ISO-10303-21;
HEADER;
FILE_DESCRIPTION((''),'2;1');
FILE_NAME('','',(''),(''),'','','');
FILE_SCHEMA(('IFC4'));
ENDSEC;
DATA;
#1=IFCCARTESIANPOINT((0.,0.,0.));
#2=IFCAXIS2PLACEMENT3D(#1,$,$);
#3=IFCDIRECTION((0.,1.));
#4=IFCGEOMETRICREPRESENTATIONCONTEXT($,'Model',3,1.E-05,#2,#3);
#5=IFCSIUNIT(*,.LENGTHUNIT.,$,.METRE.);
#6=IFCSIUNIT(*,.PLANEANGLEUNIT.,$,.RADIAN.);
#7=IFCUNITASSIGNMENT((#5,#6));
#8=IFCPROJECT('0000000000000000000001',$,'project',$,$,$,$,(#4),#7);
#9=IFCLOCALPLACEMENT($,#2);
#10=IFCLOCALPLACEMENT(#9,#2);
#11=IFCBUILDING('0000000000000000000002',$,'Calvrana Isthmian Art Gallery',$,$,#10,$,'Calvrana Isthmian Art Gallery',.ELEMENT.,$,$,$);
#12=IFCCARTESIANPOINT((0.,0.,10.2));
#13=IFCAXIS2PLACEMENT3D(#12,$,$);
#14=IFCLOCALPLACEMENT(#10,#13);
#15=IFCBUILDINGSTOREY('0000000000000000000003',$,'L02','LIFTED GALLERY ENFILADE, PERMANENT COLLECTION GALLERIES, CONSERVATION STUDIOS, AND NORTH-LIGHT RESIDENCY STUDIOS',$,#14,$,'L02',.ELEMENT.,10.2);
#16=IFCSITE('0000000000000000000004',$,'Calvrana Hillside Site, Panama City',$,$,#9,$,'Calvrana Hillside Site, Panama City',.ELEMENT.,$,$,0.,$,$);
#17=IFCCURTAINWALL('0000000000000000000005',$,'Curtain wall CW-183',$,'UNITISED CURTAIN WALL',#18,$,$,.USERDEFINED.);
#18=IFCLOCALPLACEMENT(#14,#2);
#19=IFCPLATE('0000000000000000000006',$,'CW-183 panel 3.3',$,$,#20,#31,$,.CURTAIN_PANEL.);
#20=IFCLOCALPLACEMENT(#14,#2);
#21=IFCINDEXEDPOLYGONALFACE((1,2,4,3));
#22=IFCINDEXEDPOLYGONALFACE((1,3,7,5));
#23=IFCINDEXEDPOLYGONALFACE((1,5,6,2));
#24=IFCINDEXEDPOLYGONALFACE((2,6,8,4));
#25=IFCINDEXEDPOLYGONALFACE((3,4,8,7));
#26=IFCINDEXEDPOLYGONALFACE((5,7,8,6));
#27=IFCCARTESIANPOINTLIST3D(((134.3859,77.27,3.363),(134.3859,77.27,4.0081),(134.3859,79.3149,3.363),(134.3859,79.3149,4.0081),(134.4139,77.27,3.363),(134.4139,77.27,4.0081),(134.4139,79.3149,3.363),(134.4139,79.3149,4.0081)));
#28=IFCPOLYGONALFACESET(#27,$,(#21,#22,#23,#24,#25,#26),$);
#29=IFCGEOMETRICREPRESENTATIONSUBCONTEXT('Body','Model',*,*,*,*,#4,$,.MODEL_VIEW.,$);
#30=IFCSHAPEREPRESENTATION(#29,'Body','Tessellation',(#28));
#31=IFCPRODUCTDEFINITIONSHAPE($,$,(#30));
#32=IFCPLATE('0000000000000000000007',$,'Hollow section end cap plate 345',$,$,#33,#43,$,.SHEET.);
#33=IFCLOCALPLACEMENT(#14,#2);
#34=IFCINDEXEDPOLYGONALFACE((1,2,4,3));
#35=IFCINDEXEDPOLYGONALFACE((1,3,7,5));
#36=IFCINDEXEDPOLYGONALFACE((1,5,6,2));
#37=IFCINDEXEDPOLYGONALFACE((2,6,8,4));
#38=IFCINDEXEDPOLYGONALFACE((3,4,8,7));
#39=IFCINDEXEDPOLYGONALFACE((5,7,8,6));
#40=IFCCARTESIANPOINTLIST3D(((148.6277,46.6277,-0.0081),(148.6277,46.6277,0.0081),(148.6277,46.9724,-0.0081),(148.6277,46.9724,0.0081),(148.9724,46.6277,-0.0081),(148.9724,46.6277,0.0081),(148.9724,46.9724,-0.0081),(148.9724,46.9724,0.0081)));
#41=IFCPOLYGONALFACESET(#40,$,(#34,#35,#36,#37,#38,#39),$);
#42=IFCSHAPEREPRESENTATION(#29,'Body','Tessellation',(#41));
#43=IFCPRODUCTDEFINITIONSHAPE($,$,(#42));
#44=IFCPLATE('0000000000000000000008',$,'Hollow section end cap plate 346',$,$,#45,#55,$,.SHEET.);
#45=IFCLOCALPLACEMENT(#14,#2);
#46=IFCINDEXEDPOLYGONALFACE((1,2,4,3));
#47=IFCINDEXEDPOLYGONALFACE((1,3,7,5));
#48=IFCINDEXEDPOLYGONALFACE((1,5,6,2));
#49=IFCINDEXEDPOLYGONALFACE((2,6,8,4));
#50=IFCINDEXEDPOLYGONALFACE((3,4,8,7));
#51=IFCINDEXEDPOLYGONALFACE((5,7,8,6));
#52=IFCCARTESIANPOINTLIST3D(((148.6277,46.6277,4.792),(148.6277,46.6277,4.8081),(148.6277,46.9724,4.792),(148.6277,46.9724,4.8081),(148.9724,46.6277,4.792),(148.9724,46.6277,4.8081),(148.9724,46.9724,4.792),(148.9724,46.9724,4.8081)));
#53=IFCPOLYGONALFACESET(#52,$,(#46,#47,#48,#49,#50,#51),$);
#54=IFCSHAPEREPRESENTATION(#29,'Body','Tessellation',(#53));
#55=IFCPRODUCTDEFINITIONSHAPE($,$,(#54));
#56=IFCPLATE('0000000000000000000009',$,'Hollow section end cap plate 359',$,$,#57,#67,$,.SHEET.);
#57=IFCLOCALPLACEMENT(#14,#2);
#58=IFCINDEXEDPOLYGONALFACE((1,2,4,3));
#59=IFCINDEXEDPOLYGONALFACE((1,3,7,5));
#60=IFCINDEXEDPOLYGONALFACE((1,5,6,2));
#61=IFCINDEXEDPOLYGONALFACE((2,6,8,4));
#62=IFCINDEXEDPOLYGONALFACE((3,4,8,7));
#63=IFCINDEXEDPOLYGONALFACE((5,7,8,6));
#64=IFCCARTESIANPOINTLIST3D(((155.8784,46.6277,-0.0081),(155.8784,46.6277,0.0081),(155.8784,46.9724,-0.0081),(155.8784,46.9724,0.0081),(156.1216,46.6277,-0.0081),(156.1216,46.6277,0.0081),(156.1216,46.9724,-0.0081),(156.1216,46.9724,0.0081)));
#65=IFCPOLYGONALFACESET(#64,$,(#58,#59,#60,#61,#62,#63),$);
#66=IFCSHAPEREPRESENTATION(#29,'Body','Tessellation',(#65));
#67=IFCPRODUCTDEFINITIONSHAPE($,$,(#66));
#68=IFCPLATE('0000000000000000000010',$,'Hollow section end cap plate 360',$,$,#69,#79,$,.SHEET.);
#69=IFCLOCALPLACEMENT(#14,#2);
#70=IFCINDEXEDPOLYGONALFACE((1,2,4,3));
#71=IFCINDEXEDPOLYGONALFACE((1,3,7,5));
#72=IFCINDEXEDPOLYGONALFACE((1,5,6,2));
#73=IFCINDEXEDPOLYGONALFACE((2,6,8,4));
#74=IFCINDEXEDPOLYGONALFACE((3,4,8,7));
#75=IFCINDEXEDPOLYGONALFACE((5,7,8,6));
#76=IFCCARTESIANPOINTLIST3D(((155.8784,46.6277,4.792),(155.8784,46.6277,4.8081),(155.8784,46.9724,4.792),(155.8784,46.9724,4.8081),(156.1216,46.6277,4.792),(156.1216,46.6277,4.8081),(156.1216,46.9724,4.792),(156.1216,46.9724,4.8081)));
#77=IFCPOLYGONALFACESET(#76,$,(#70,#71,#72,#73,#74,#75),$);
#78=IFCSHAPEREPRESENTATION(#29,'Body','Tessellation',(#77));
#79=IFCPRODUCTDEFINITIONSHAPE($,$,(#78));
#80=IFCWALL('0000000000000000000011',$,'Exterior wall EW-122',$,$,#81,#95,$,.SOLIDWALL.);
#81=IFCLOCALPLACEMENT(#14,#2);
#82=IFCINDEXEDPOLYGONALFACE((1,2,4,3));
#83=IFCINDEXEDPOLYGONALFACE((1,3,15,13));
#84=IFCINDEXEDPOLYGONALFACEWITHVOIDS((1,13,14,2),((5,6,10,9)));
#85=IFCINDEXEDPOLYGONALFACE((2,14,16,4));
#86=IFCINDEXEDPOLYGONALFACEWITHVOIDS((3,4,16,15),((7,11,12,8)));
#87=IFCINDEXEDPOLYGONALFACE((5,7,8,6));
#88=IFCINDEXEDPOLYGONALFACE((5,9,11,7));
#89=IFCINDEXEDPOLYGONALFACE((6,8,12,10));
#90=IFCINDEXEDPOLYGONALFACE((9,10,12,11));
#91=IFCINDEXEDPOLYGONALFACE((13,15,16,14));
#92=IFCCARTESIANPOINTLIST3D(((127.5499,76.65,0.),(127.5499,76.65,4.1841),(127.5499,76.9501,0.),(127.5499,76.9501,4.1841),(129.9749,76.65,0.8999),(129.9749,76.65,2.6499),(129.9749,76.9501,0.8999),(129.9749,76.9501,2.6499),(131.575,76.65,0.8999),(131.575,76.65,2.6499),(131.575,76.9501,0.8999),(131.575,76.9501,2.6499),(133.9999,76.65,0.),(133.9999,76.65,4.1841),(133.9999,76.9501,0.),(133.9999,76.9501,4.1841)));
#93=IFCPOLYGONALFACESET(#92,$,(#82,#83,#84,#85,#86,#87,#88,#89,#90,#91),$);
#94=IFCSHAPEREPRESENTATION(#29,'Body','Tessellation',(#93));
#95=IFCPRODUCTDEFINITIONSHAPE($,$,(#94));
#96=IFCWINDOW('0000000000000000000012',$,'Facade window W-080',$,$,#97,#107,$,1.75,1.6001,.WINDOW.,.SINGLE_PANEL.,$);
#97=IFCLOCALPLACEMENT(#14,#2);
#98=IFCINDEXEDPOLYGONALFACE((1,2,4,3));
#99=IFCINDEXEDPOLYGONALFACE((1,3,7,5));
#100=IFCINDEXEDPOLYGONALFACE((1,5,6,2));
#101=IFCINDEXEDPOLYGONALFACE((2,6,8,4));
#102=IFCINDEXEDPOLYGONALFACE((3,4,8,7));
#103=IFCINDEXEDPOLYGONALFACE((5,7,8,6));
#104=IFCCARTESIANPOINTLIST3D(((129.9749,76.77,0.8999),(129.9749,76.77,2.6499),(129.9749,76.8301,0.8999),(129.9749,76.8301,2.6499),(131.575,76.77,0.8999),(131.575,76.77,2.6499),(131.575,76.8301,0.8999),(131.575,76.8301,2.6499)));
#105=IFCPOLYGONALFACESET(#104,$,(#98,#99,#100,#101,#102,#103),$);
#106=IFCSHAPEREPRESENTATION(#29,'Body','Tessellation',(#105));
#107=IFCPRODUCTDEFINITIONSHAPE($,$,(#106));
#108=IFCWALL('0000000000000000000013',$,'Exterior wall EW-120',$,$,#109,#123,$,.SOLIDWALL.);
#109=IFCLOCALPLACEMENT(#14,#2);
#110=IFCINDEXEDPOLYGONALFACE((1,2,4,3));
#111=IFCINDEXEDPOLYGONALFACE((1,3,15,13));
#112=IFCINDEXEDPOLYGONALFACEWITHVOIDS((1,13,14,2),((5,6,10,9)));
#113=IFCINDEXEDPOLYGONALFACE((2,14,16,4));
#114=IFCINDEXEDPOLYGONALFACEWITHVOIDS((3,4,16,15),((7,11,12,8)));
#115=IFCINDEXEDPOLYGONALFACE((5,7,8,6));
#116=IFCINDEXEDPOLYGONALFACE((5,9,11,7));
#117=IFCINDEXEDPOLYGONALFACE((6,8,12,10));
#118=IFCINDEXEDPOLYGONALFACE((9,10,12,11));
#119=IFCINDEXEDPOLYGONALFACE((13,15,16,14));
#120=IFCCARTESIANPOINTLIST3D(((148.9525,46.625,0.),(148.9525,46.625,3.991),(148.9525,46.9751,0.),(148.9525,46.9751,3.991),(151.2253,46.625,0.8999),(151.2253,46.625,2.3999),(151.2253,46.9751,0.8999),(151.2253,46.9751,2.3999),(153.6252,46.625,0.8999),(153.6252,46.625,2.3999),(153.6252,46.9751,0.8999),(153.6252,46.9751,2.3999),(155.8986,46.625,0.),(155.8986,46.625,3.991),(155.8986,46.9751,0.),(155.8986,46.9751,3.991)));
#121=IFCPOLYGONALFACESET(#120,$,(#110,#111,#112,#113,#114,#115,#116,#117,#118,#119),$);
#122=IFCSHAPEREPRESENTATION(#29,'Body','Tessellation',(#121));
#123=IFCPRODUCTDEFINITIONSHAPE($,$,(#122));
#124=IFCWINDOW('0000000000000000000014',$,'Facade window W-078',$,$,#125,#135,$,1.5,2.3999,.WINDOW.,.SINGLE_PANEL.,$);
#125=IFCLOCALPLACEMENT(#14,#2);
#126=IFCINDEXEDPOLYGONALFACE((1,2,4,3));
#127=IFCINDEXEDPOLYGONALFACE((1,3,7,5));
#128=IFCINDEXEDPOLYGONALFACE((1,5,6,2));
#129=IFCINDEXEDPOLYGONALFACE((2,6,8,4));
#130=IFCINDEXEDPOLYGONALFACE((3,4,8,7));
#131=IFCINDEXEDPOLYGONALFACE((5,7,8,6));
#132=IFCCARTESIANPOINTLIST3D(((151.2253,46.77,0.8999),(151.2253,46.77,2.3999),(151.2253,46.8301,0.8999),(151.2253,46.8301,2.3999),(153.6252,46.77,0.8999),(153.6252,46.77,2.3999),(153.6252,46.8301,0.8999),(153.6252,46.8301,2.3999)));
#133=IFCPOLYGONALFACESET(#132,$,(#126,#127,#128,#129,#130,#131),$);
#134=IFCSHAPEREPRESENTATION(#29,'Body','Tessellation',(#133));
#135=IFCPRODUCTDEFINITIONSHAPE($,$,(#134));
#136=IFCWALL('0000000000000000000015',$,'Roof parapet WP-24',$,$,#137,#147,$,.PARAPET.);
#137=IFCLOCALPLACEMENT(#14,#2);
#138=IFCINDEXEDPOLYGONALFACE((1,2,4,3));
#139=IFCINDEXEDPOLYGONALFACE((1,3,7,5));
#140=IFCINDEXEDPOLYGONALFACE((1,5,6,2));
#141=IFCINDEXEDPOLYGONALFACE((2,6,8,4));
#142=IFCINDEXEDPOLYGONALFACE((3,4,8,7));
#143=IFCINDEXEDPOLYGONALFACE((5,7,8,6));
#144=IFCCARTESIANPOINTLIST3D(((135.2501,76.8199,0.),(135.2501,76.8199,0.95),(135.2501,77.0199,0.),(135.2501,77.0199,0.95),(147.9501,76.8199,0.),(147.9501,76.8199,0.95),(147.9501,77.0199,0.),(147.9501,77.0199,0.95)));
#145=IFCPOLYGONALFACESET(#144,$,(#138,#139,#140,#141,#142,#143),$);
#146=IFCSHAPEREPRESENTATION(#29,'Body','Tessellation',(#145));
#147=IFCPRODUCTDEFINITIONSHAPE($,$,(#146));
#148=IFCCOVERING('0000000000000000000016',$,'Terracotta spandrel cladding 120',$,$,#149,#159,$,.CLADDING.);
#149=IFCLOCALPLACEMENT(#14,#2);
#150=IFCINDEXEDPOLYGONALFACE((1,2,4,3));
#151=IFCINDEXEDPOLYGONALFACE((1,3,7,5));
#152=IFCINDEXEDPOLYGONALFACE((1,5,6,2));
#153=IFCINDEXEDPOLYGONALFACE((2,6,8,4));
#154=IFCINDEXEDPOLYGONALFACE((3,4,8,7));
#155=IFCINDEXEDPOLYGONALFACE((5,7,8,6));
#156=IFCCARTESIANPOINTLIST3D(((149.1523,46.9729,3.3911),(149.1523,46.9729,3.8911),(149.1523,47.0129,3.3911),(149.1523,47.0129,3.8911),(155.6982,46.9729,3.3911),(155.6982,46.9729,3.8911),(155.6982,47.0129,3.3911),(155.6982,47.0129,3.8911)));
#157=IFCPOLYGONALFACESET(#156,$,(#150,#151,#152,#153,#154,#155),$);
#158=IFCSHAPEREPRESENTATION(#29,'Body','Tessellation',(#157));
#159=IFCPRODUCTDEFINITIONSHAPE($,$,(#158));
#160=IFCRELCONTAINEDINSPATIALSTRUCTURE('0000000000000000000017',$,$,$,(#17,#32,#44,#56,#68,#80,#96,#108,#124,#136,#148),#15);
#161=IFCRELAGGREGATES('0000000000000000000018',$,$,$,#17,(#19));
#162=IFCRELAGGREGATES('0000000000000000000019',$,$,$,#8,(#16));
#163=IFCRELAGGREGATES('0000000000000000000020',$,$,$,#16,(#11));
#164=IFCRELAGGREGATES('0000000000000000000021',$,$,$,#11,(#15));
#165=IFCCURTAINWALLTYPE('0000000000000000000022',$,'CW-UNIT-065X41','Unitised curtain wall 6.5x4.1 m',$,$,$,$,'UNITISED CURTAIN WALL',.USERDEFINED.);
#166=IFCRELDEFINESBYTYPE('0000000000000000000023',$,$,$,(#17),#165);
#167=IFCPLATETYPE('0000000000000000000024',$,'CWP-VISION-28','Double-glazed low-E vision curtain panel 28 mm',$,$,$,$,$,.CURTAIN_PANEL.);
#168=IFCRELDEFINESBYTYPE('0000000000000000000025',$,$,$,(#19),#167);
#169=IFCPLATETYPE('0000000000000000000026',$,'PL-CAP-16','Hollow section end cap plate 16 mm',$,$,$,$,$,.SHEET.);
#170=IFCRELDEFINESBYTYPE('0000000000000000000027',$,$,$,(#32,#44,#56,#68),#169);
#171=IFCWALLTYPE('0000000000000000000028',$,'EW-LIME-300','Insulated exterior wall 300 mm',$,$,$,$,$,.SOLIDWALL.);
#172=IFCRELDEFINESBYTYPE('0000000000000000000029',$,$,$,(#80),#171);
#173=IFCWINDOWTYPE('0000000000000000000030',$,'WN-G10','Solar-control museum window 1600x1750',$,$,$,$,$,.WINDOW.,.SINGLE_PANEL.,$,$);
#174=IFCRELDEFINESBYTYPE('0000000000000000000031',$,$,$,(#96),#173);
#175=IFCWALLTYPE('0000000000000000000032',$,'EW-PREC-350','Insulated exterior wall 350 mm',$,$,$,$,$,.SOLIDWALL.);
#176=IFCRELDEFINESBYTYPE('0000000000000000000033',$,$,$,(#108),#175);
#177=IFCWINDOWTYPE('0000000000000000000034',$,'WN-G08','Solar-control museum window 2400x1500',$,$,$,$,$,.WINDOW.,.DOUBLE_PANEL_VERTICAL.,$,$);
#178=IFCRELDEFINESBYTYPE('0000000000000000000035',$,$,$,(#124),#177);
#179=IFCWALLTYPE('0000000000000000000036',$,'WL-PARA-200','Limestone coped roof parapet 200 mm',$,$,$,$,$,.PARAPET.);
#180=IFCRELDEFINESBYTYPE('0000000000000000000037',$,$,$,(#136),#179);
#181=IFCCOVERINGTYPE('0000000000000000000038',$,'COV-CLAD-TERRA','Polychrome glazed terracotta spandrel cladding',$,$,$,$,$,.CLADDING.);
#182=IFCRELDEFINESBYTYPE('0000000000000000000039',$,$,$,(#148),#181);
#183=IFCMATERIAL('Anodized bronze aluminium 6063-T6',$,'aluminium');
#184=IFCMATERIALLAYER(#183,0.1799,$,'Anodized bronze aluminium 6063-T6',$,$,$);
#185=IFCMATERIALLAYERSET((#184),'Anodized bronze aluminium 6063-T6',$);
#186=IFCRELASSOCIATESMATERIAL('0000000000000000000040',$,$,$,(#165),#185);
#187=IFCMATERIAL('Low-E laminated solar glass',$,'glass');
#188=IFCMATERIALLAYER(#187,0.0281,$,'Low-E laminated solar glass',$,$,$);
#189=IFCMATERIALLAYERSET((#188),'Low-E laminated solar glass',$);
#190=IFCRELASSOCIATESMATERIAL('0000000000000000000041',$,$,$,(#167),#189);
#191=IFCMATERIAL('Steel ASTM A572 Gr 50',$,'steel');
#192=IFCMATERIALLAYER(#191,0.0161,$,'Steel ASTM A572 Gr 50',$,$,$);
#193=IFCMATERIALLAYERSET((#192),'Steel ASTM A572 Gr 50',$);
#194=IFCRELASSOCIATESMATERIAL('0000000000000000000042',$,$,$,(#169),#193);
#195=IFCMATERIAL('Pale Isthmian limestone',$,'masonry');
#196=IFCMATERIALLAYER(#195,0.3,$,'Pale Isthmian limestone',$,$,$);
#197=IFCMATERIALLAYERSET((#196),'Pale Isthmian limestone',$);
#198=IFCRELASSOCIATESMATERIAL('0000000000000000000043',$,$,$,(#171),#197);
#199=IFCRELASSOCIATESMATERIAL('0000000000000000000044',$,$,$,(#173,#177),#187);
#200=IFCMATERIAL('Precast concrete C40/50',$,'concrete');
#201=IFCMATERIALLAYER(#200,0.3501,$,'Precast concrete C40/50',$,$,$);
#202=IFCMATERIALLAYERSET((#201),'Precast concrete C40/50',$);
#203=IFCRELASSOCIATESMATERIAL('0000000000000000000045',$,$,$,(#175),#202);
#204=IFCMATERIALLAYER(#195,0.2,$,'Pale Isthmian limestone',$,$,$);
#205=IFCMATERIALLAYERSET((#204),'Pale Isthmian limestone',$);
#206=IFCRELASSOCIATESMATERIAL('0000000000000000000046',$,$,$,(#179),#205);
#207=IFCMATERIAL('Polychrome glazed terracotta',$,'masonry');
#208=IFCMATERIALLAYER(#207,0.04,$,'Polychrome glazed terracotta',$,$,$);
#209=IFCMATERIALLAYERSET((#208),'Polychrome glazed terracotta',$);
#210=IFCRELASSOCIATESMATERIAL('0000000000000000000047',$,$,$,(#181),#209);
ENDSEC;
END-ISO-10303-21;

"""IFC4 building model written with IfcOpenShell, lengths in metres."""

from ifc_helpers import new_model, si_unit, direction, frame, frame_2d, origin, origin_2d, place, context, subcontext, project, spatial, rectangle, extrude, material, layer, layer_set, type_object, element, fill, aggregate, save


model = new_model("IFC4")

# Units and contexts
model_context = context("Model", 3, precision=1e-05, world=origin(), true_north=direction((0.0, 1.0)))
body_context = subcontext(model_context, "Body", "Model", "MODEL_VIEW")
ifc_project = project(units=[si_unit("LENGTHUNIT", "METRE"), si_unit("PLANEANGLEUNIT", "RADIAN")], contexts=[model_context])

# Site, building, storey
site_placement = place(None, origin())
site = spatial("IfcSite", under=ifc_project, at=site_placement, Name="Calvrana Hillside Site, Panama City", LongName="Calvrana Hillside Site, Panama City", CompositionType="ELEMENT", RefElevation=0.0)
building_placement = place(site_placement, origin())
building = spatial("IfcBuilding", under=site, at=building_placement, Name="Calvrana Isthmian Art Gallery", LongName="Calvrana Isthmian Art Gallery", CompositionType="ELEMENT")
storey_placement = place(building_placement, frame((0.0, 0.0, 10.2)))
storey = spatial("IfcBuildingStorey", under=building, at=storey_placement, Name="L02", Description="LIFTED GALLERY ENFILADE, PERMANENT COLLECTION GALLERIES, CONSERVATION STUDIOS, AND NORTH-LIGHT RESIDENCY STUDIOS", LongName="L02", CompositionType="ELEMENT", Elevation=10.2)

# Shared definitions
ifc_material_1 = material(Name="Anodized bronze aluminium 6063-T6", Category="aluminium")

# Curtain wall, plate
ifc_layer_1 = layer(ifc_material_1, 0.1799, Name="Anodized bronze aluminium 6063-T6")
ifc_layer_set_1 = layer_set([ifc_layer_1], Name="Anodized bronze aluminium 6063-T6")
curtain_wall_type_1 = type_object("IfcCurtainWallType", Name="CW-UNIT-065X41", Description="Unitised curtain wall 6.5x4.1 m", ElementType="UNITISED CURTAIN WALL", PredefinedType="USERDEFINED", material=ifc_layer_set_1)
curtain_wall_1_placement = place(storey_placement, origin())
curtain_wall_1 = element("IfcCurtainWall", 1, at=curtain_wall_1_placement, inside=storey, type_object=curtain_wall_type_1, Name="Curtain wall CW-183", ObjectType="UNITISED CURTAIN WALL", PredefinedType="USERDEFINED")
ifc_material_2 = material(Name="Low-E laminated solar glass", Category="glass")
ifc_layer_2 = layer(ifc_material_2, 0.0281, Name="Low-E laminated solar glass")
ifc_layer_set_2 = layer_set([ifc_layer_2], Name="Low-E laminated solar glass")
plate_type_1 = type_object("IfcPlateType", Name="CWP-VISION-28", Description="Double-glazed low-E vision curtain panel 28 mm", PredefinedType="CURTAIN_PANEL", material=ifc_layer_set_2)
plate_1_placement = place(storey_placement, frame((134.3999, 78.2925, 3.363), z_axis=(0.0, 0.0, 1.0), x_axis=(0.0, -1.0, 0.0)))
plate_1 = element("IfcPlate", 2, at=plate_1_placement, type_object=plate_type_1, Name="CW-183 panel 3.3", PredefinedType="CURTAIN_PANEL", context=body_context, shape_type="SweptSolid", body=[
    extrude(rectangle(XDim=2.0449, YDim=0.0281, at=origin_2d()), origin(), (0.0, 0.0, 1.0), 0.645),
])
aggregate(curtain_wall_1, [plate_1])

# Plates
ifc_material_3 = material(Name="Steel ASTM A572 Gr 50", Category="steel")
ifc_layer_3 = layer(ifc_material_3, 0.0161, Name="Steel ASTM A572 Gr 50")
ifc_layer_set_3 = layer_set([ifc_layer_3], Name="Steel ASTM A572 Gr 50")
plate_type_2 = type_object("IfcPlateType", Name="PL-CAP-16", Description="Hollow section end cap plate 16 mm", PredefinedType="SHEET", material=ifc_layer_set_3)
for number, where, z_axis, x_axis, name in (
    (3, (148.8, 46.8, -0.0081), (0.0, 0.0, 1.0), (1.0, 0.0, 0.0), "Hollow section end cap plate 345"),
    (4, (148.8, 46.8, 4.792), (0.0, 0.0, 1.0), (1.0, 0.0, 0.0), "Hollow section end cap plate 346"),
):
    element("IfcPlate", number, at=place(storey_placement, frame(where, z_axis=z_axis, x_axis=x_axis)), inside=storey, type_object=plate_type_2, Name=name, PredefinedType="SHEET", context=body_context, shape_type="SweptSolid", body=[
        extrude(rectangle(XDim=0.3447, YDim=0.3447, at=origin_2d()), origin(), (0.0, 0.0, 1.0), 0.0161),
    ])
for number, where, z_axis, x_axis, name in (
    (5, (156.0, 46.8, -0.0081), (0.0, 0.0, 1.0), (1.0, 0.0, 0.0), "Hollow section end cap plate 359"),
    (6, (156.0, 46.8, 4.792), (0.0, 0.0, 1.0), (1.0, 0.0, 0.0), "Hollow section end cap plate 360"),
):
    element("IfcPlate", number, at=place(storey_placement, frame(where, z_axis=z_axis, x_axis=x_axis)), inside=storey, type_object=plate_type_2, Name=name, PredefinedType="SHEET", context=body_context, shape_type="SweptSolid", body=[
        extrude(rectangle(XDim=0.2432, YDim=0.3447, at=origin_2d()), origin(), (0.0, 0.0, 1.0), 0.0161),
    ])

# Walls, openings, windows
ifc_material_4 = material(Name="Pale Isthmian limestone", Category="masonry")
ifc_layer_4 = layer(ifc_material_4, 0.3, Name="Pale Isthmian limestone")
ifc_layer_set_4 = layer_set([ifc_layer_4], Name="Pale Isthmian limestone")
wall_type_1 = type_object("IfcWallType", Name="EW-LIME-300", Description="Insulated exterior wall 300 mm", PredefinedType="SOLIDWALL", material=ifc_layer_set_4)
wall_1_placement = place(storey_placement, frame((134.0, 76.8, 0.0), z_axis=(0.0, 0.0, 1.0), x_axis=(-1.0, 0.0, 0.0)))
wall_1 = element("IfcWall", 7, at=wall_1_placement, inside=storey, type_object=wall_type_1, Name="Exterior wall EW-122", PredefinedType="SOLIDWALL", context=body_context, shape_type="SweptSolid", body=[
    extrude(rectangle(XDim=6.45, YDim=0.3, at=frame_2d((3.2251, 0.0))), origin(), (0.0, 0.0, 1.0), 4.1841),
])
opening_1_placement = place(wall_1_placement, frame((2.425, 0.0, 0.8999)))
opening_1 = element("IfcOpeningElement", 8, at=opening_1_placement, cuts=wall_1, PredefinedType="OPENING", context=body_context, shape_type="SweptSolid", body=[
    extrude(rectangle(XDim=1.6001, YDim=1.75, at=frame_2d((0.8, 0.875))), frame((0.0, 0.1602, 0.0), z_axis=(0.0, -1.0, 0.0), x_axis=(1.0, 0.0, 0.0)), (0.0, 0.0, 1.0), 0.3206),
])
window_type_1 = type_object("IfcWindowType", Name="WN-G10", Description="Solar-control museum window 1600x1750", PartitioningType="SINGLE_PANEL", PredefinedType="WINDOW", material=ifc_material_2)
window_1_placement = place(opening_1_placement, origin())
window_1 = element("IfcWindow", 9, at=window_1_placement, inside=storey, type_object=window_type_1, Name="Facade window W-080", OverallHeight=1.75, OverallWidth=1.6001, PartitioningType="SINGLE_PANEL", PredefinedType="WINDOW", context=body_context, shape_type="SweptSolid", body=[
    extrude(rectangle(XDim=1.6001, YDim=1.75, at=frame_2d((0.8, 0.875))), frame((0.0, 0.03, 0.0), z_axis=(0.0, -1.0, 0.0), x_axis=(1.0, 0.0, 0.0)), (0.0, 0.0, 1.0), 0.0601),
])
fill(opening_1, window_1)
ifc_material_5 = material(Name="Precast concrete C40/50", Category="concrete")
ifc_layer_5 = layer(ifc_material_5, 0.3501, Name="Precast concrete C40/50")
ifc_layer_set_5 = layer_set([ifc_layer_5], Name="Precast concrete C40/50")
wall_type_2 = type_object("IfcWallType", Name="EW-PREC-350", Description="Insulated exterior wall 350 mm", PredefinedType="SOLIDWALL", material=ifc_layer_set_5)
wall_2_placement = place(storey_placement, frame((148.9524, 46.8, 0.0), z_axis=(0.0, 0.0, 1.0), x_axis=(1.0, 0.0, 0.0)))
wall_2 = element("IfcWall", 10, at=wall_2_placement, inside=storey, type_object=wall_type_2, Name="Exterior wall EW-120", PredefinedType="SOLIDWALL", context=body_context, shape_type="SweptSolid", body=[
    extrude(rectangle(XDim=6.946, YDim=0.3501, at=frame_2d((3.4731, 0.0))), origin(), (0.0, 0.0, 1.0), 3.991),
])
opening_2_placement = place(wall_2_placement, frame((2.2729, 0.0, 0.8999)))
opening_2 = element("IfcOpeningElement", 11, at=opening_2_placement, cuts=wall_2, PredefinedType="OPENING", context=body_context, shape_type="SweptSolid", body=[
    extrude(rectangle(XDim=2.3999, YDim=1.5, at=frame_2d((1.2, 0.75))), frame((0.0, 0.1853, 0.0), z_axis=(0.0, -1.0, 0.0), x_axis=(1.0, 0.0, 0.0)), (0.0, 0.0, 1.0), 0.3706),
])
window_type_2 = type_object("IfcWindowType", Name="WN-G08", Description="Solar-control museum window 2400x1500", PartitioningType="DOUBLE_PANEL_VERTICAL", PredefinedType="WINDOW", material=ifc_material_2)
window_2_placement = place(opening_2_placement, origin())
window_2 = element("IfcWindow", 12, at=window_2_placement, inside=storey, type_object=window_type_2, Name="Facade window W-078", OverallHeight=1.5, OverallWidth=2.3999, PartitioningType="SINGLE_PANEL", PredefinedType="WINDOW", context=body_context, shape_type="SweptSolid", body=[
    extrude(rectangle(XDim=2.3999, YDim=1.5, at=frame_2d((1.2, 0.75))), frame((0.0, 0.03, 0.0), z_axis=(0.0, -1.0, 0.0), x_axis=(1.0, 0.0, 0.0)), (0.0, 0.0, 1.0), 0.0601),
])
fill(opening_2, window_2)

# Wall
ifc_layer_6 = layer(ifc_material_4, 0.2, Name="Pale Isthmian limestone")
ifc_layer_set_6 = layer_set([ifc_layer_6], Name="Pale Isthmian limestone")
wall_type_3 = type_object("IfcWallType", Name="WL-PARA-200", Description="Limestone coped roof parapet 200 mm", PredefinedType="PARAPET", material=ifc_layer_set_6)
wall_3_placement = place(storey_placement, frame((135.25, 76.9199, 0.0), z_axis=(0.0, 0.0, 1.0), x_axis=(1.0, 0.0, 0.0)))
element("IfcWall", 13, at=wall_3_placement, inside=storey, type_object=wall_type_3, Name="Roof parapet WP-24", PredefinedType="PARAPET", context=body_context, shape_type="SweptSolid", body=[
    extrude(rectangle(XDim=12.7, YDim=0.2, at=frame_2d((6.3501, 0.0))), origin(), (0.0, 0.0, 1.0), 0.95),
])

# Covering
ifc_material_6 = material(Name="Polychrome glazed terracotta", Category="masonry")
ifc_layer_7 = layer(ifc_material_6, 0.04, Name="Polychrome glazed terracotta")
ifc_layer_set_7 = layer_set([ifc_layer_7], Name="Polychrome glazed terracotta")
covering_type = type_object("IfcCoveringType", Name="COV-CLAD-TERRA", Description="Polychrome glazed terracotta spandrel cladding", PredefinedType="CLADDING", material=ifc_layer_set_7)
covering_placement = place(storey_placement, frame((152.4253, 46.9929, 3.3911), z_axis=(0.0, 0.0, 1.0), x_axis=(1.0, 0.0, 0.0)))
element("IfcCovering", 14, at=covering_placement, inside=storey, type_object=covering_type, Name="Terracotta spandrel cladding 120", PredefinedType="CLADDING", context=body_context, shape_type="SweptSolid", body=[
    extrude(rectangle(XDim=6.5459, YDim=0.04, at=origin_2d()), origin(), (0.0, 0.0, 1.0), 0.5),
])

save(model, "model.ifc")
